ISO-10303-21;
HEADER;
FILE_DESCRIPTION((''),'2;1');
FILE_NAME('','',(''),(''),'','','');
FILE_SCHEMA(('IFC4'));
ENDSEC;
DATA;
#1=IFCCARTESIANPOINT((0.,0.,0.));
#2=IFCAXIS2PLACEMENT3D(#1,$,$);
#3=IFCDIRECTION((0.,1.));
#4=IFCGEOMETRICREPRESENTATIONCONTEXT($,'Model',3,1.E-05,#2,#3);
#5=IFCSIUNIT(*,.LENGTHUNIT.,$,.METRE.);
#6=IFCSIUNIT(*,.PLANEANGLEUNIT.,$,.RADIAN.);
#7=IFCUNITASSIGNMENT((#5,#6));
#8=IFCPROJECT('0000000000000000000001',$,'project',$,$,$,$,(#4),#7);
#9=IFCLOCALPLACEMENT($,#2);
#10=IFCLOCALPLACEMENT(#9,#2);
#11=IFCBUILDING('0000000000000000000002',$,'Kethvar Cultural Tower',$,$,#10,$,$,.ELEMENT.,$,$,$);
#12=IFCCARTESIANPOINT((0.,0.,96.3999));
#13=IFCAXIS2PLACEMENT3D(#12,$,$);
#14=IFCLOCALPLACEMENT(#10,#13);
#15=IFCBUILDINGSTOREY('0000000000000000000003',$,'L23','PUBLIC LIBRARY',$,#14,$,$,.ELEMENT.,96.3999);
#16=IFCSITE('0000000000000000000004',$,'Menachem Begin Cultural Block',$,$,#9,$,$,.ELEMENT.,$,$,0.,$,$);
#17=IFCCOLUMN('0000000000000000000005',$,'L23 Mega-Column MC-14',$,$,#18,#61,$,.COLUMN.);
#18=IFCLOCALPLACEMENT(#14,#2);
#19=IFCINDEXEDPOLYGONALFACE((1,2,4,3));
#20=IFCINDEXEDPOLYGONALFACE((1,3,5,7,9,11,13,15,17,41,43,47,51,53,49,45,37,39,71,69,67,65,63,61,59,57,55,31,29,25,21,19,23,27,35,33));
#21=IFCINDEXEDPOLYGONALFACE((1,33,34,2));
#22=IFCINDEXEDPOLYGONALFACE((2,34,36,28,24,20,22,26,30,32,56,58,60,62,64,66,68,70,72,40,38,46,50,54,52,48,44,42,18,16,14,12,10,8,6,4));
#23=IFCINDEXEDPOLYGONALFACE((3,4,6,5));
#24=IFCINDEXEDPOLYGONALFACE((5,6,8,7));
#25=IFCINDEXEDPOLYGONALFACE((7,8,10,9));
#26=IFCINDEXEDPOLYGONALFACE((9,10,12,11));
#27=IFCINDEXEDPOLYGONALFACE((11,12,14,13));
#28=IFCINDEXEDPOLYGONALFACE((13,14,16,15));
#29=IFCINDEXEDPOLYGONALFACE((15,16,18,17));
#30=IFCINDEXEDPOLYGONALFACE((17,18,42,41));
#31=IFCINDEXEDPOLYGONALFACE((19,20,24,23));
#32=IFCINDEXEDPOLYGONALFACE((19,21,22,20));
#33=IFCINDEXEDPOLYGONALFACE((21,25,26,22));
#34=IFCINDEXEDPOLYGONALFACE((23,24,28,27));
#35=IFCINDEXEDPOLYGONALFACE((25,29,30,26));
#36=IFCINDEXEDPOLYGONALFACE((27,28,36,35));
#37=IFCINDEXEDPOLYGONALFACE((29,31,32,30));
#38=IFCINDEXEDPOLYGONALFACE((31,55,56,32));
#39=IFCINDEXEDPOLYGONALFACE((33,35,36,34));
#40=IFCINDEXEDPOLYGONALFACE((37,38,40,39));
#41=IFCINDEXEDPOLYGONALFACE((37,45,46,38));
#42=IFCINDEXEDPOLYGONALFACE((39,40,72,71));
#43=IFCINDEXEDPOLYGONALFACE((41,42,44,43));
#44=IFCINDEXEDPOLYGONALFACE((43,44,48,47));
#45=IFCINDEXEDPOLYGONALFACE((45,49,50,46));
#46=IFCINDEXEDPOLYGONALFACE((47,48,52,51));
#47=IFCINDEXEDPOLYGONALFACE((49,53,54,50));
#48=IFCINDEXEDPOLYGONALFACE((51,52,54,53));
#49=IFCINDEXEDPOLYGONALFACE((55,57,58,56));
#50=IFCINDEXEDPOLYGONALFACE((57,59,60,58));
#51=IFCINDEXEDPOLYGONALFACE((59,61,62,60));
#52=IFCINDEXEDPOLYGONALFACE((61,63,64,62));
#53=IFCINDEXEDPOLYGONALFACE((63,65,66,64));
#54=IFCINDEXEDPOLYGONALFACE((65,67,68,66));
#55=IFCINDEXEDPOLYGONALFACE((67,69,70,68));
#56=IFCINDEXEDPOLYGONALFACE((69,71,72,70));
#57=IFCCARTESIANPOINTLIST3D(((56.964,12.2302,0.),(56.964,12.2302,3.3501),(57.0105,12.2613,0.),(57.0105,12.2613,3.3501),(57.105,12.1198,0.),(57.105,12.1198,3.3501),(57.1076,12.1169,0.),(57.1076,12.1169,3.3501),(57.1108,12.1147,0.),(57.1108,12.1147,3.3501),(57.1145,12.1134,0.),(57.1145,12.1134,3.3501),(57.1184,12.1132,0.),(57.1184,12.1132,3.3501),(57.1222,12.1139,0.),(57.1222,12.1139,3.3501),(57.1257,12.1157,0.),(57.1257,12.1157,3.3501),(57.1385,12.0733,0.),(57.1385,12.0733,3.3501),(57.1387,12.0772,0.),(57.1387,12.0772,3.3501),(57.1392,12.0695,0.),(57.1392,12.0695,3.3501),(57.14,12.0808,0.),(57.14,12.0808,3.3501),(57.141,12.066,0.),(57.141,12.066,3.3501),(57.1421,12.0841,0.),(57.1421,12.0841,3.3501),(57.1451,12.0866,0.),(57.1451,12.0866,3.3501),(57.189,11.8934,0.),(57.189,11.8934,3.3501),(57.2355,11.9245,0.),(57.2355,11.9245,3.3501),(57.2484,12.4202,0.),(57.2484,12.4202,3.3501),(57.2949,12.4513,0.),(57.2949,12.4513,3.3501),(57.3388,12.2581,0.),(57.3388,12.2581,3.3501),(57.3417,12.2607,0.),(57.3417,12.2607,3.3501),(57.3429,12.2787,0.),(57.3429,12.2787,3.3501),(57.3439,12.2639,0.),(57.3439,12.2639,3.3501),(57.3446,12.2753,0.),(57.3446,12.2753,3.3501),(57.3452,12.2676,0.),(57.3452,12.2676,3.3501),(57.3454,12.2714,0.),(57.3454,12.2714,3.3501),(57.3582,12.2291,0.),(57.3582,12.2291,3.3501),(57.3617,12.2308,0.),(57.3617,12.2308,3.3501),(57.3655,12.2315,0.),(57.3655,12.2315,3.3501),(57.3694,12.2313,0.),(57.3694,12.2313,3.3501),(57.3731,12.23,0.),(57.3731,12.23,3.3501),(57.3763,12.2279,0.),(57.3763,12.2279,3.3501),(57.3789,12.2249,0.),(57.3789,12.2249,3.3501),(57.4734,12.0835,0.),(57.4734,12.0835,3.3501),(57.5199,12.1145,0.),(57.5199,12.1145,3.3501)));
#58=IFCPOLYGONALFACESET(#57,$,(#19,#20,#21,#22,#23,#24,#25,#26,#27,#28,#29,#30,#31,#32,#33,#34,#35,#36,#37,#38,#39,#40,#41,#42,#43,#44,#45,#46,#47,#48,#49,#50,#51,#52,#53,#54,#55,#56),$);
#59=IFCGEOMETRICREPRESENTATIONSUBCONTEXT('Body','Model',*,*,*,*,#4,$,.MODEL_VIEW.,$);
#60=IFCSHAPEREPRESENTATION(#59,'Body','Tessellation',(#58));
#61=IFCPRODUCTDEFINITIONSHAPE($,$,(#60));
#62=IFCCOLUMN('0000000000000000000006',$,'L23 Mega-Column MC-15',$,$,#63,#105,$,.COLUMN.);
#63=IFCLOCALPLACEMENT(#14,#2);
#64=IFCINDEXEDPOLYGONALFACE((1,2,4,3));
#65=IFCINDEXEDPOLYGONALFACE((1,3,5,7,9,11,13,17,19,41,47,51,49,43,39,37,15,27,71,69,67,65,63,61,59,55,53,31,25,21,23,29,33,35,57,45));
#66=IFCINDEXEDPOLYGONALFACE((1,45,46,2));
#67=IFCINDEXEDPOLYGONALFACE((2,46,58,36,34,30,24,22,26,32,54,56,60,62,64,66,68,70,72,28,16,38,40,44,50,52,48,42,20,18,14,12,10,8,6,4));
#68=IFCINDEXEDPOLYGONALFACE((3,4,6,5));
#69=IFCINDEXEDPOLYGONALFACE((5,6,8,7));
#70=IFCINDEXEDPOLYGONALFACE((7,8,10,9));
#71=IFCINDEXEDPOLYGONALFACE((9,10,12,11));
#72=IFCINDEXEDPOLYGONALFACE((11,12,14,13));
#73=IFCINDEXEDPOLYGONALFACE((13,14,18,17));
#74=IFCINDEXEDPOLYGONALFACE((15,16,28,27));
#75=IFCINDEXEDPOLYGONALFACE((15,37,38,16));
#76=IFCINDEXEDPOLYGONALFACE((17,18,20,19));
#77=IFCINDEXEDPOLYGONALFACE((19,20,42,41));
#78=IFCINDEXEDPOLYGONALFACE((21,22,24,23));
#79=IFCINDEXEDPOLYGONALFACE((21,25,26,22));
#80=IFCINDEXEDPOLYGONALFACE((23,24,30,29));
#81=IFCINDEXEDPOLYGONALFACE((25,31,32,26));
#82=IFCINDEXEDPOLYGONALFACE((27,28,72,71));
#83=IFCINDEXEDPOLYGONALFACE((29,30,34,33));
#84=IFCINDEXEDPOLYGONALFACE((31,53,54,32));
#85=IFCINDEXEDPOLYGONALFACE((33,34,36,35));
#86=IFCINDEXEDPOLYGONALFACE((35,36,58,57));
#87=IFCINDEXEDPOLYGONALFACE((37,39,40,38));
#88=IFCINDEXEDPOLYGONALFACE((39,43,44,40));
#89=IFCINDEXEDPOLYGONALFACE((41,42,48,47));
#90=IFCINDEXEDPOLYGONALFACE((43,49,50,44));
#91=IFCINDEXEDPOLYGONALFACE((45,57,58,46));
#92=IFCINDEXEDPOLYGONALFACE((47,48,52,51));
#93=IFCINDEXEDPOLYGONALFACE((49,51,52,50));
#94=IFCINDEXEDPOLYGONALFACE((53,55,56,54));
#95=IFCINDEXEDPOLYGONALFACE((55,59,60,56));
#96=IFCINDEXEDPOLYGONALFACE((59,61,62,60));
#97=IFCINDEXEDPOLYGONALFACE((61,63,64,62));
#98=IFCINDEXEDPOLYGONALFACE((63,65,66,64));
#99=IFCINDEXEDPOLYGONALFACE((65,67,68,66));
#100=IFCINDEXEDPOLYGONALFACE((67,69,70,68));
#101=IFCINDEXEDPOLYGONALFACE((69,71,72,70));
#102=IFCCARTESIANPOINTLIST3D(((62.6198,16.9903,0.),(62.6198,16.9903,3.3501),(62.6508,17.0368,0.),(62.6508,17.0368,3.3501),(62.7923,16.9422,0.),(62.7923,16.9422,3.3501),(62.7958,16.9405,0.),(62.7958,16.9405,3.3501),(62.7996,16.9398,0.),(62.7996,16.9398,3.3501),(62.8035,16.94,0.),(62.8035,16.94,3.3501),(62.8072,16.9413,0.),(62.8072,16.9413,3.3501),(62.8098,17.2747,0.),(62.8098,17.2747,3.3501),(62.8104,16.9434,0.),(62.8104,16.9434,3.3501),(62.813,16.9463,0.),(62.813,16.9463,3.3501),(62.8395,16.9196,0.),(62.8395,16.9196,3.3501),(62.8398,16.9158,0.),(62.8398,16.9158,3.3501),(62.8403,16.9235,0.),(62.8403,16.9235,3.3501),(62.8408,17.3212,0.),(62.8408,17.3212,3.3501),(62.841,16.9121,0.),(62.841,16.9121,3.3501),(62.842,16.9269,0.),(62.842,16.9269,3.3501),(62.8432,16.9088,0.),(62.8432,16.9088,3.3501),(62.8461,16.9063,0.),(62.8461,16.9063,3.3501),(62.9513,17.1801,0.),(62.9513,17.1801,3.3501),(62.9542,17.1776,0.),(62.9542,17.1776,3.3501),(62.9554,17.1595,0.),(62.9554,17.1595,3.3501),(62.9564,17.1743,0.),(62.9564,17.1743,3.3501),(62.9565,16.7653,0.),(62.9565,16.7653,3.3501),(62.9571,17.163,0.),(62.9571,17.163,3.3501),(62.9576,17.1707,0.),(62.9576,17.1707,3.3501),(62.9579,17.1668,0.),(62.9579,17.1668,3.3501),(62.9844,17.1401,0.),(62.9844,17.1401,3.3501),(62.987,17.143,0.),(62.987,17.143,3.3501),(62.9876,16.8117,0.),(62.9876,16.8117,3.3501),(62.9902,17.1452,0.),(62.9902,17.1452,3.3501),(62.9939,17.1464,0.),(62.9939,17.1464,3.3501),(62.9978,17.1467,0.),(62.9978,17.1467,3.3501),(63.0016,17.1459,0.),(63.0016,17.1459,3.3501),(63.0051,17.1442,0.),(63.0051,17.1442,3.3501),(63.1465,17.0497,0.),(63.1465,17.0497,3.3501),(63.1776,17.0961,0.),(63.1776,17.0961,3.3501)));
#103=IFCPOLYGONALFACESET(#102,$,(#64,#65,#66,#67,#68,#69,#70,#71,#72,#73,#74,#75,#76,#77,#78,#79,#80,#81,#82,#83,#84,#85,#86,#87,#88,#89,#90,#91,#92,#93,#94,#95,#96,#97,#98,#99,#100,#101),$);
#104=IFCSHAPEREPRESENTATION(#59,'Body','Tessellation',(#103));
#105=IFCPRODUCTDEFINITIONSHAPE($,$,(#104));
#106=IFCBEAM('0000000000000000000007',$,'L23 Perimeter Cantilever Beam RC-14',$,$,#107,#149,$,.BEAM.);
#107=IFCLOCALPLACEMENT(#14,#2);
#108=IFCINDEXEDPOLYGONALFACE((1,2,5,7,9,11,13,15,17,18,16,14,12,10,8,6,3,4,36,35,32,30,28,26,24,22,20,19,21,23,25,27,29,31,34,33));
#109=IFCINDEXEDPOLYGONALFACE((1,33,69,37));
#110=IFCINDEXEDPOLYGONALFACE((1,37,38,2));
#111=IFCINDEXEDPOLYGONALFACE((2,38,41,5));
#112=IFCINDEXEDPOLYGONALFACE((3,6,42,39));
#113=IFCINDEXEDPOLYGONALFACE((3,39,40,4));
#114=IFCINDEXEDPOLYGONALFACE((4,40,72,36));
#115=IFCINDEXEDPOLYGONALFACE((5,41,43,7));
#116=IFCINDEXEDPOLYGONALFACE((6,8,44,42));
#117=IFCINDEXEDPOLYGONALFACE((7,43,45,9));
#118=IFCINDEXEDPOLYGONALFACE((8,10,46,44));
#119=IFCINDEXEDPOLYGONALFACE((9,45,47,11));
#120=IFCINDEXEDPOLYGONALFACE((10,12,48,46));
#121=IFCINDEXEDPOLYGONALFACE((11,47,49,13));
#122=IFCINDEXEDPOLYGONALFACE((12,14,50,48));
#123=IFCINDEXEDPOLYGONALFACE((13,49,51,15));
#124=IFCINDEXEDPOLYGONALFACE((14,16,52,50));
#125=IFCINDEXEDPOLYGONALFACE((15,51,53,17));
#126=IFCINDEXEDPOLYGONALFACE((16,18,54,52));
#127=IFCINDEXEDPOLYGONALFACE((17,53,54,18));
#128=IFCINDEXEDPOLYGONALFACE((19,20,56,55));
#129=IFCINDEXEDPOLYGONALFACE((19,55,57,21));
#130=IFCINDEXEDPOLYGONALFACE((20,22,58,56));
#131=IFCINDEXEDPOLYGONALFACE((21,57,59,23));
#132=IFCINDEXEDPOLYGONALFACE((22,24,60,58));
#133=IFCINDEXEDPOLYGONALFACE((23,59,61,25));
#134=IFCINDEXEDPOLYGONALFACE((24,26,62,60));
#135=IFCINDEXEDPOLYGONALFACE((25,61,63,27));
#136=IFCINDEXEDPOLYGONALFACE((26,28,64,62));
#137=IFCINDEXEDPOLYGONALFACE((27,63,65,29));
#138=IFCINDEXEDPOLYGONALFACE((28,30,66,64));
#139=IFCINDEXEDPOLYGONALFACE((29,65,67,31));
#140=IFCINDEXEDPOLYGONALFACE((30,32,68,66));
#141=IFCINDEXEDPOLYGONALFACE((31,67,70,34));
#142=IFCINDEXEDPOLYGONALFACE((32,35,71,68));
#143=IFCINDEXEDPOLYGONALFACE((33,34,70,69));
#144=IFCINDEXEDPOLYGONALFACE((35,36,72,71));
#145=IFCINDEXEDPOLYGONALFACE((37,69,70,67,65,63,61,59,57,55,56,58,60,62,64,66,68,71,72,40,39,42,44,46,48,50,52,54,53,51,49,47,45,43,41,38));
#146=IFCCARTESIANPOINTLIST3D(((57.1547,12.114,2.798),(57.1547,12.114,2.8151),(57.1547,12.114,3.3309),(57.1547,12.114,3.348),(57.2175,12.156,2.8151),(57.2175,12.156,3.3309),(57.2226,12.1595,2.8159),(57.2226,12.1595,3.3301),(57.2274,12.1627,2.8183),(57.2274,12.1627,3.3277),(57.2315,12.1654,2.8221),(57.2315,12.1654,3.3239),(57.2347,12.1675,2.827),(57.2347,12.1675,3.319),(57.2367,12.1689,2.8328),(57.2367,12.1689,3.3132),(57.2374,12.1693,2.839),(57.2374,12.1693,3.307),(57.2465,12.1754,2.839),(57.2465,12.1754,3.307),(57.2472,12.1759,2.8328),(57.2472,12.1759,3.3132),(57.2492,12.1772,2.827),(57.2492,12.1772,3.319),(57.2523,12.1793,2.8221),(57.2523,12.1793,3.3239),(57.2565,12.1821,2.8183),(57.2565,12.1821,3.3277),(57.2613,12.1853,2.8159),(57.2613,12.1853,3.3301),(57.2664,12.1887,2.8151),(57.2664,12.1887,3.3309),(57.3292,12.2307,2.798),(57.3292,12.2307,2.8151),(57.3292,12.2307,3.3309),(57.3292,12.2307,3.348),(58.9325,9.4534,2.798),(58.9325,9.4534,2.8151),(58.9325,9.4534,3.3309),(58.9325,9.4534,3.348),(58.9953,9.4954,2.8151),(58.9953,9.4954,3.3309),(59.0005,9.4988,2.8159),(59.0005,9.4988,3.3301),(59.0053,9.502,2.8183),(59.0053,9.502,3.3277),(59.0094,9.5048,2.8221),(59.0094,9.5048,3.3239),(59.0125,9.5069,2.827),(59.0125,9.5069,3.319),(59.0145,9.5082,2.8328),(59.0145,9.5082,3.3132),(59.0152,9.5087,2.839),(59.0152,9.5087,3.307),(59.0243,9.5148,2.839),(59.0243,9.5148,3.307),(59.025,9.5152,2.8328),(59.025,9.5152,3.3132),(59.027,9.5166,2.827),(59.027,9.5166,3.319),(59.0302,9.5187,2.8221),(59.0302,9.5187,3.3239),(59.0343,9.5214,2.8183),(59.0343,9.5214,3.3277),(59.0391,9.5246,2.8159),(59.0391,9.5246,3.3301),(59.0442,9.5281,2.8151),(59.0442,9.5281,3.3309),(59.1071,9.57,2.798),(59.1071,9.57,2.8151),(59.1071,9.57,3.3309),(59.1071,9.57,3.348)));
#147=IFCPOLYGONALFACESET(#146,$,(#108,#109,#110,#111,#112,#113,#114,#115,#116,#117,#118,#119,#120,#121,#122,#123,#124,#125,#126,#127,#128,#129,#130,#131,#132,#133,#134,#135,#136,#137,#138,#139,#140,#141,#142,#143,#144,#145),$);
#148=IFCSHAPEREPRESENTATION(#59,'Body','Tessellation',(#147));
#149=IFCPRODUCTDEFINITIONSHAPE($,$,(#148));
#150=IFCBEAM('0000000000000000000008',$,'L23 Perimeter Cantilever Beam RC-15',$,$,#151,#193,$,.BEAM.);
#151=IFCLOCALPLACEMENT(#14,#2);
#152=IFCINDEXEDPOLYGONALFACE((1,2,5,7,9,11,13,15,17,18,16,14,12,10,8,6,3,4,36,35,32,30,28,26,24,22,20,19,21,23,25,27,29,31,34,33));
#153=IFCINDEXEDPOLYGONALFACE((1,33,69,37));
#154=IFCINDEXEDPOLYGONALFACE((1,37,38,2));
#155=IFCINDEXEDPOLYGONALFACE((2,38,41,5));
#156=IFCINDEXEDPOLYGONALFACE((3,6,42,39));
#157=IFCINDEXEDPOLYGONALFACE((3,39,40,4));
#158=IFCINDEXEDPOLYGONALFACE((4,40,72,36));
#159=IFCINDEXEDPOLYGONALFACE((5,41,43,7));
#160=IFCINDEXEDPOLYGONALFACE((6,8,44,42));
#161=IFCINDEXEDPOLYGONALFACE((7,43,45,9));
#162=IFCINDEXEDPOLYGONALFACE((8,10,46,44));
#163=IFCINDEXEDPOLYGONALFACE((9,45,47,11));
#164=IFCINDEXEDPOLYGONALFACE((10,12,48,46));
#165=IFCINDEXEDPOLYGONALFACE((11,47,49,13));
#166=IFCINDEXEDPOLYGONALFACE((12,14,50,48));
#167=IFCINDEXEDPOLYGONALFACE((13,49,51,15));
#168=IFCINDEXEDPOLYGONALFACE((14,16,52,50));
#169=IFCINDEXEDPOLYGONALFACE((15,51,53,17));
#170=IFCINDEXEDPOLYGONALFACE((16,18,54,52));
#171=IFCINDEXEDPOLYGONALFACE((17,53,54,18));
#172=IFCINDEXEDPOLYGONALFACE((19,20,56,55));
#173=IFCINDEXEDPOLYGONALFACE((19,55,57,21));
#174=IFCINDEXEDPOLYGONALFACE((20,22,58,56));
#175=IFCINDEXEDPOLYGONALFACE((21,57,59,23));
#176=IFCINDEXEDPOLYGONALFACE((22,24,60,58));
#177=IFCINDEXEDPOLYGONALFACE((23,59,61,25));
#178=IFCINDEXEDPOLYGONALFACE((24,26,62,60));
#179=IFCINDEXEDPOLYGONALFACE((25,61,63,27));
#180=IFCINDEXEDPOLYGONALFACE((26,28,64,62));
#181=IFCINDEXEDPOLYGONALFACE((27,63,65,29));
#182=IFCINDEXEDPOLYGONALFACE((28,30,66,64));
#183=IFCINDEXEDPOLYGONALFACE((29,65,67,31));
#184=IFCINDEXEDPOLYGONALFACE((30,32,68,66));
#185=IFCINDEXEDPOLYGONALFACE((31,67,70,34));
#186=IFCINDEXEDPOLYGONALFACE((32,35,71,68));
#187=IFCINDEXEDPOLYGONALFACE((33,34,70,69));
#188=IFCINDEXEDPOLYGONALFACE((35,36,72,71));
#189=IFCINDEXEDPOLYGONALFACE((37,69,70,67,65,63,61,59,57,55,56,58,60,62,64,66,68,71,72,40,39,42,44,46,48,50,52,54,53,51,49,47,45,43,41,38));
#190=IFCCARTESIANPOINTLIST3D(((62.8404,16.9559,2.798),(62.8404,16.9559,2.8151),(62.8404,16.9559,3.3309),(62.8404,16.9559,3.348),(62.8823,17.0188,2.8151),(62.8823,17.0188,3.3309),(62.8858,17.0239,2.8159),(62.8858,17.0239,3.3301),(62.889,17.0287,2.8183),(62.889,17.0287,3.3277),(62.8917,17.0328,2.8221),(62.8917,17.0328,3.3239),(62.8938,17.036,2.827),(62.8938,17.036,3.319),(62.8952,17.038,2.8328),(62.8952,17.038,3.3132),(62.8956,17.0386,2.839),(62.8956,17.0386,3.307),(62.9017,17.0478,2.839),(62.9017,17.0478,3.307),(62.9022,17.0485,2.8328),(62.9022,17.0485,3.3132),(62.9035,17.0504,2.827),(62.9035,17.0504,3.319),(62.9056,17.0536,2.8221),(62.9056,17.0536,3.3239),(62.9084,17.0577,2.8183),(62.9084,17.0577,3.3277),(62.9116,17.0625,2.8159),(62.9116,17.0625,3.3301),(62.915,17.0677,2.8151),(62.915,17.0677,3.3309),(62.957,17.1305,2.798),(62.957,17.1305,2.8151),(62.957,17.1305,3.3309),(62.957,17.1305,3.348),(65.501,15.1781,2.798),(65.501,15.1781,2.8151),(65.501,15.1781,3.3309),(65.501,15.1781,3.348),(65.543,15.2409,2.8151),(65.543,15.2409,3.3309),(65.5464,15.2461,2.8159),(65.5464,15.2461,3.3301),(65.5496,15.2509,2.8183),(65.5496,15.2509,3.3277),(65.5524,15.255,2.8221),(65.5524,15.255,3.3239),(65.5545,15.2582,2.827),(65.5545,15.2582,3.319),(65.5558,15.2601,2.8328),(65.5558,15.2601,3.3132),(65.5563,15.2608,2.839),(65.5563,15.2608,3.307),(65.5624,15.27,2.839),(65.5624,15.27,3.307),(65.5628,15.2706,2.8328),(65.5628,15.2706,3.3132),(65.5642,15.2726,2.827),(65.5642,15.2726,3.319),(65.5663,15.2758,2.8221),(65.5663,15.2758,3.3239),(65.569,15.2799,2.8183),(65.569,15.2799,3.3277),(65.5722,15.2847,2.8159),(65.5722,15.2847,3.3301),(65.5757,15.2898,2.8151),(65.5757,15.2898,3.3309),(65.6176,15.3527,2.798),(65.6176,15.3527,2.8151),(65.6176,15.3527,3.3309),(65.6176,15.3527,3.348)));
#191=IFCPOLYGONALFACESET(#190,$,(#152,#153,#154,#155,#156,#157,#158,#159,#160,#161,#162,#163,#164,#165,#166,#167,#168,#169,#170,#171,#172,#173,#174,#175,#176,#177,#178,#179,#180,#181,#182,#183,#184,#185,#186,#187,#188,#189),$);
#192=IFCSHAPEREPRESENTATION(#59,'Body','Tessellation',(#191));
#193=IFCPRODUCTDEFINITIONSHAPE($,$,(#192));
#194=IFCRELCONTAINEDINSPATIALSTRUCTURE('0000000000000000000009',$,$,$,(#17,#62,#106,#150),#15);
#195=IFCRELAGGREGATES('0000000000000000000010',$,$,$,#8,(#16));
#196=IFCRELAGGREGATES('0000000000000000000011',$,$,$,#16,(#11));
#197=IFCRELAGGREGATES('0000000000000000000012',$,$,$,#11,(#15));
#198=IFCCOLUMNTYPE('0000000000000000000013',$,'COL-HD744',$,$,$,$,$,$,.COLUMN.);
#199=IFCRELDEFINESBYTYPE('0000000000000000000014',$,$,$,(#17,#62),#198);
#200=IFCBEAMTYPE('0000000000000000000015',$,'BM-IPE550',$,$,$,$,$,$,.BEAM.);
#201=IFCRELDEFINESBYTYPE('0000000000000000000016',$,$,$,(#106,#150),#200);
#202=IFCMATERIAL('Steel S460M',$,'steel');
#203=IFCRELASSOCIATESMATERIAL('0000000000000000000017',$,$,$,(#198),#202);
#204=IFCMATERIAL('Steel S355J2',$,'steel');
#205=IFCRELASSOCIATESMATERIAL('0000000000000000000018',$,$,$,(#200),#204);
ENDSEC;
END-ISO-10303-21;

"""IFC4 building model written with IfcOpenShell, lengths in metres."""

from ifc_helpers import new_model, si_unit, direction, frame, origin, origin_2d, place, context, subcontext, project, spatial, i_section, extrude, source, transform, mapped, material, material_profile, profile_set, type_object, element, save


model = new_model("IFC4")

# Units and contexts
model_context = context("Model", 3, precision=1e-05, world=origin(), true_north=direction((0.0, 1.0)))
body_context = subcontext(model_context, "Body", "Model", "MODEL_VIEW")
ifc_project = project(units=[si_unit("LENGTHUNIT", "METRE"), si_unit("PLANEANGLEUNIT", "RADIAN")], contexts=[model_context])

# Site, building, storey
site_placement = place(None, origin())
site = spatial("IfcSite", under=ifc_project, at=site_placement, Name="Menachem Begin Cultural Block", CompositionType="ELEMENT", RefElevation=0.0)
building_placement = place(site_placement, origin())
building = spatial("IfcBuilding", under=site, at=building_placement, Name="Kethvar Cultural Tower", CompositionType="ELEMENT")
storey_placement = place(building_placement, frame((0.0, 0.0, 96.3999)))
storey = spatial("IfcBuildingStorey", under=building, at=storey_placement, Name="L23", Description="PUBLIC LIBRARY", CompositionType="ELEMENT", Elevation=96.3999)

# Columns
ifc_material_1 = material(Name="Steel S460M", Category="steel")
ifc_material_profile_1 = material_profile(ifc_material_1, i_section(OverallWidth=0.405, OverallDepth=0.3979, WebThickness=0.0349, FlangeThickness=0.0559, FilletRadius=0.0149, at=origin_2d()), Name="Steel S460M — HD400x744")
ifc_profile_set_1 = profile_set([ifc_material_profile_1], Name="Steel S460M — HD400x744")
column_type = type_object("IfcColumnType", Name="COL-HD744", PredefinedType="COLUMN", material=ifc_profile_set_1)
shared_shape_1 = source(origin(), body_context, "Body", "SweptSolid", [
    extrude(i_section(OverallWidth=0.405, OverallDepth=0.3979, WebThickness=0.0349, FlangeThickness=0.0559, FilletRadius=0.0149, at=origin_2d()), origin(), (0.0, 0.0, 1.0), 3.3501),
])
for number, where, z_axis, x_axis, name in (
    (1, (57.2419, 12.1724, 0.0), (0.0, 0.0, 1.0), (0.55557, -0.83147, 0.0), "L23 Mega-Column MC-14"),
    (2, (62.8987, 17.0432, 0.0), (0.0, 0.0, 1.0), (0.83147, -0.55557, 0.0), "L23 Mega-Column MC-15"),
):
    element("IfcColumn", number, at=place(storey_placement, frame(where, z_axis=z_axis, x_axis=x_axis)), inside=storey, type_object=column_type, Name=name, PredefinedType="COLUMN", context=body_context, shape_type="MappedRepresentation", body=[
        mapped(shared_shape_1, transform((0.0, 0.0, 0.0), scale=1.0)),
    ])

# Beams
ifc_material_2 = material(Name="Steel S355J2", Category="steel")
ifc_material_profile_2 = material_profile(ifc_material_2, i_section(OverallWidth=0.21, OverallDepth=0.55, WebThickness=0.011, FlangeThickness=0.0171, FilletRadius=0.0239, at=origin_2d()), Name="Steel S355J2 — IPE550")
ifc_profile_set_2 = profile_set([ifc_material_profile_2], Name="Steel S355J2 — IPE550")
beam_type_1 = type_object("IfcBeamType", Name="BM-IPE550", PredefinedType="BEAM", material=ifc_profile_set_2)
shared_shape_2 = source(origin(), body_context, "Body", "SweptSolid", [
    extrude(i_section(OverallWidth=0.21, OverallDepth=0.55, WebThickness=0.011, FlangeThickness=0.0171, FilletRadius=0.0239, at=origin_2d()), origin(), (0.0, 0.0, 1.0), 3.2),
])
for number, where, z_axis, x_axis, name in (
    (3, (57.2419, 12.1724, 3.073), (0.55558, -0.831463, 0.0), (0.831463, 0.55558, 0.0), "L23 Perimeter Cantilever Beam RC-14"),
    (4, (62.8987, 17.0432, 3.073), (0.831463, -0.55558, 0.0), (0.55558, 0.831463, 0.0), "L23 Perimeter Cantilever Beam RC-15"),
):
    element("IfcBeam", number, at=place(storey_placement, frame(where, z_axis=z_axis, x_axis=x_axis)), inside=storey, type_object=beam_type_1, Name=name, PredefinedType="BEAM", context=body_context, shape_type="MappedRepresentation", body=[
        mapped(shared_shape_2, transform((0.0, 0.0, 0.0), scale=1.0)),
    ])

save(model, "model.ifc")
